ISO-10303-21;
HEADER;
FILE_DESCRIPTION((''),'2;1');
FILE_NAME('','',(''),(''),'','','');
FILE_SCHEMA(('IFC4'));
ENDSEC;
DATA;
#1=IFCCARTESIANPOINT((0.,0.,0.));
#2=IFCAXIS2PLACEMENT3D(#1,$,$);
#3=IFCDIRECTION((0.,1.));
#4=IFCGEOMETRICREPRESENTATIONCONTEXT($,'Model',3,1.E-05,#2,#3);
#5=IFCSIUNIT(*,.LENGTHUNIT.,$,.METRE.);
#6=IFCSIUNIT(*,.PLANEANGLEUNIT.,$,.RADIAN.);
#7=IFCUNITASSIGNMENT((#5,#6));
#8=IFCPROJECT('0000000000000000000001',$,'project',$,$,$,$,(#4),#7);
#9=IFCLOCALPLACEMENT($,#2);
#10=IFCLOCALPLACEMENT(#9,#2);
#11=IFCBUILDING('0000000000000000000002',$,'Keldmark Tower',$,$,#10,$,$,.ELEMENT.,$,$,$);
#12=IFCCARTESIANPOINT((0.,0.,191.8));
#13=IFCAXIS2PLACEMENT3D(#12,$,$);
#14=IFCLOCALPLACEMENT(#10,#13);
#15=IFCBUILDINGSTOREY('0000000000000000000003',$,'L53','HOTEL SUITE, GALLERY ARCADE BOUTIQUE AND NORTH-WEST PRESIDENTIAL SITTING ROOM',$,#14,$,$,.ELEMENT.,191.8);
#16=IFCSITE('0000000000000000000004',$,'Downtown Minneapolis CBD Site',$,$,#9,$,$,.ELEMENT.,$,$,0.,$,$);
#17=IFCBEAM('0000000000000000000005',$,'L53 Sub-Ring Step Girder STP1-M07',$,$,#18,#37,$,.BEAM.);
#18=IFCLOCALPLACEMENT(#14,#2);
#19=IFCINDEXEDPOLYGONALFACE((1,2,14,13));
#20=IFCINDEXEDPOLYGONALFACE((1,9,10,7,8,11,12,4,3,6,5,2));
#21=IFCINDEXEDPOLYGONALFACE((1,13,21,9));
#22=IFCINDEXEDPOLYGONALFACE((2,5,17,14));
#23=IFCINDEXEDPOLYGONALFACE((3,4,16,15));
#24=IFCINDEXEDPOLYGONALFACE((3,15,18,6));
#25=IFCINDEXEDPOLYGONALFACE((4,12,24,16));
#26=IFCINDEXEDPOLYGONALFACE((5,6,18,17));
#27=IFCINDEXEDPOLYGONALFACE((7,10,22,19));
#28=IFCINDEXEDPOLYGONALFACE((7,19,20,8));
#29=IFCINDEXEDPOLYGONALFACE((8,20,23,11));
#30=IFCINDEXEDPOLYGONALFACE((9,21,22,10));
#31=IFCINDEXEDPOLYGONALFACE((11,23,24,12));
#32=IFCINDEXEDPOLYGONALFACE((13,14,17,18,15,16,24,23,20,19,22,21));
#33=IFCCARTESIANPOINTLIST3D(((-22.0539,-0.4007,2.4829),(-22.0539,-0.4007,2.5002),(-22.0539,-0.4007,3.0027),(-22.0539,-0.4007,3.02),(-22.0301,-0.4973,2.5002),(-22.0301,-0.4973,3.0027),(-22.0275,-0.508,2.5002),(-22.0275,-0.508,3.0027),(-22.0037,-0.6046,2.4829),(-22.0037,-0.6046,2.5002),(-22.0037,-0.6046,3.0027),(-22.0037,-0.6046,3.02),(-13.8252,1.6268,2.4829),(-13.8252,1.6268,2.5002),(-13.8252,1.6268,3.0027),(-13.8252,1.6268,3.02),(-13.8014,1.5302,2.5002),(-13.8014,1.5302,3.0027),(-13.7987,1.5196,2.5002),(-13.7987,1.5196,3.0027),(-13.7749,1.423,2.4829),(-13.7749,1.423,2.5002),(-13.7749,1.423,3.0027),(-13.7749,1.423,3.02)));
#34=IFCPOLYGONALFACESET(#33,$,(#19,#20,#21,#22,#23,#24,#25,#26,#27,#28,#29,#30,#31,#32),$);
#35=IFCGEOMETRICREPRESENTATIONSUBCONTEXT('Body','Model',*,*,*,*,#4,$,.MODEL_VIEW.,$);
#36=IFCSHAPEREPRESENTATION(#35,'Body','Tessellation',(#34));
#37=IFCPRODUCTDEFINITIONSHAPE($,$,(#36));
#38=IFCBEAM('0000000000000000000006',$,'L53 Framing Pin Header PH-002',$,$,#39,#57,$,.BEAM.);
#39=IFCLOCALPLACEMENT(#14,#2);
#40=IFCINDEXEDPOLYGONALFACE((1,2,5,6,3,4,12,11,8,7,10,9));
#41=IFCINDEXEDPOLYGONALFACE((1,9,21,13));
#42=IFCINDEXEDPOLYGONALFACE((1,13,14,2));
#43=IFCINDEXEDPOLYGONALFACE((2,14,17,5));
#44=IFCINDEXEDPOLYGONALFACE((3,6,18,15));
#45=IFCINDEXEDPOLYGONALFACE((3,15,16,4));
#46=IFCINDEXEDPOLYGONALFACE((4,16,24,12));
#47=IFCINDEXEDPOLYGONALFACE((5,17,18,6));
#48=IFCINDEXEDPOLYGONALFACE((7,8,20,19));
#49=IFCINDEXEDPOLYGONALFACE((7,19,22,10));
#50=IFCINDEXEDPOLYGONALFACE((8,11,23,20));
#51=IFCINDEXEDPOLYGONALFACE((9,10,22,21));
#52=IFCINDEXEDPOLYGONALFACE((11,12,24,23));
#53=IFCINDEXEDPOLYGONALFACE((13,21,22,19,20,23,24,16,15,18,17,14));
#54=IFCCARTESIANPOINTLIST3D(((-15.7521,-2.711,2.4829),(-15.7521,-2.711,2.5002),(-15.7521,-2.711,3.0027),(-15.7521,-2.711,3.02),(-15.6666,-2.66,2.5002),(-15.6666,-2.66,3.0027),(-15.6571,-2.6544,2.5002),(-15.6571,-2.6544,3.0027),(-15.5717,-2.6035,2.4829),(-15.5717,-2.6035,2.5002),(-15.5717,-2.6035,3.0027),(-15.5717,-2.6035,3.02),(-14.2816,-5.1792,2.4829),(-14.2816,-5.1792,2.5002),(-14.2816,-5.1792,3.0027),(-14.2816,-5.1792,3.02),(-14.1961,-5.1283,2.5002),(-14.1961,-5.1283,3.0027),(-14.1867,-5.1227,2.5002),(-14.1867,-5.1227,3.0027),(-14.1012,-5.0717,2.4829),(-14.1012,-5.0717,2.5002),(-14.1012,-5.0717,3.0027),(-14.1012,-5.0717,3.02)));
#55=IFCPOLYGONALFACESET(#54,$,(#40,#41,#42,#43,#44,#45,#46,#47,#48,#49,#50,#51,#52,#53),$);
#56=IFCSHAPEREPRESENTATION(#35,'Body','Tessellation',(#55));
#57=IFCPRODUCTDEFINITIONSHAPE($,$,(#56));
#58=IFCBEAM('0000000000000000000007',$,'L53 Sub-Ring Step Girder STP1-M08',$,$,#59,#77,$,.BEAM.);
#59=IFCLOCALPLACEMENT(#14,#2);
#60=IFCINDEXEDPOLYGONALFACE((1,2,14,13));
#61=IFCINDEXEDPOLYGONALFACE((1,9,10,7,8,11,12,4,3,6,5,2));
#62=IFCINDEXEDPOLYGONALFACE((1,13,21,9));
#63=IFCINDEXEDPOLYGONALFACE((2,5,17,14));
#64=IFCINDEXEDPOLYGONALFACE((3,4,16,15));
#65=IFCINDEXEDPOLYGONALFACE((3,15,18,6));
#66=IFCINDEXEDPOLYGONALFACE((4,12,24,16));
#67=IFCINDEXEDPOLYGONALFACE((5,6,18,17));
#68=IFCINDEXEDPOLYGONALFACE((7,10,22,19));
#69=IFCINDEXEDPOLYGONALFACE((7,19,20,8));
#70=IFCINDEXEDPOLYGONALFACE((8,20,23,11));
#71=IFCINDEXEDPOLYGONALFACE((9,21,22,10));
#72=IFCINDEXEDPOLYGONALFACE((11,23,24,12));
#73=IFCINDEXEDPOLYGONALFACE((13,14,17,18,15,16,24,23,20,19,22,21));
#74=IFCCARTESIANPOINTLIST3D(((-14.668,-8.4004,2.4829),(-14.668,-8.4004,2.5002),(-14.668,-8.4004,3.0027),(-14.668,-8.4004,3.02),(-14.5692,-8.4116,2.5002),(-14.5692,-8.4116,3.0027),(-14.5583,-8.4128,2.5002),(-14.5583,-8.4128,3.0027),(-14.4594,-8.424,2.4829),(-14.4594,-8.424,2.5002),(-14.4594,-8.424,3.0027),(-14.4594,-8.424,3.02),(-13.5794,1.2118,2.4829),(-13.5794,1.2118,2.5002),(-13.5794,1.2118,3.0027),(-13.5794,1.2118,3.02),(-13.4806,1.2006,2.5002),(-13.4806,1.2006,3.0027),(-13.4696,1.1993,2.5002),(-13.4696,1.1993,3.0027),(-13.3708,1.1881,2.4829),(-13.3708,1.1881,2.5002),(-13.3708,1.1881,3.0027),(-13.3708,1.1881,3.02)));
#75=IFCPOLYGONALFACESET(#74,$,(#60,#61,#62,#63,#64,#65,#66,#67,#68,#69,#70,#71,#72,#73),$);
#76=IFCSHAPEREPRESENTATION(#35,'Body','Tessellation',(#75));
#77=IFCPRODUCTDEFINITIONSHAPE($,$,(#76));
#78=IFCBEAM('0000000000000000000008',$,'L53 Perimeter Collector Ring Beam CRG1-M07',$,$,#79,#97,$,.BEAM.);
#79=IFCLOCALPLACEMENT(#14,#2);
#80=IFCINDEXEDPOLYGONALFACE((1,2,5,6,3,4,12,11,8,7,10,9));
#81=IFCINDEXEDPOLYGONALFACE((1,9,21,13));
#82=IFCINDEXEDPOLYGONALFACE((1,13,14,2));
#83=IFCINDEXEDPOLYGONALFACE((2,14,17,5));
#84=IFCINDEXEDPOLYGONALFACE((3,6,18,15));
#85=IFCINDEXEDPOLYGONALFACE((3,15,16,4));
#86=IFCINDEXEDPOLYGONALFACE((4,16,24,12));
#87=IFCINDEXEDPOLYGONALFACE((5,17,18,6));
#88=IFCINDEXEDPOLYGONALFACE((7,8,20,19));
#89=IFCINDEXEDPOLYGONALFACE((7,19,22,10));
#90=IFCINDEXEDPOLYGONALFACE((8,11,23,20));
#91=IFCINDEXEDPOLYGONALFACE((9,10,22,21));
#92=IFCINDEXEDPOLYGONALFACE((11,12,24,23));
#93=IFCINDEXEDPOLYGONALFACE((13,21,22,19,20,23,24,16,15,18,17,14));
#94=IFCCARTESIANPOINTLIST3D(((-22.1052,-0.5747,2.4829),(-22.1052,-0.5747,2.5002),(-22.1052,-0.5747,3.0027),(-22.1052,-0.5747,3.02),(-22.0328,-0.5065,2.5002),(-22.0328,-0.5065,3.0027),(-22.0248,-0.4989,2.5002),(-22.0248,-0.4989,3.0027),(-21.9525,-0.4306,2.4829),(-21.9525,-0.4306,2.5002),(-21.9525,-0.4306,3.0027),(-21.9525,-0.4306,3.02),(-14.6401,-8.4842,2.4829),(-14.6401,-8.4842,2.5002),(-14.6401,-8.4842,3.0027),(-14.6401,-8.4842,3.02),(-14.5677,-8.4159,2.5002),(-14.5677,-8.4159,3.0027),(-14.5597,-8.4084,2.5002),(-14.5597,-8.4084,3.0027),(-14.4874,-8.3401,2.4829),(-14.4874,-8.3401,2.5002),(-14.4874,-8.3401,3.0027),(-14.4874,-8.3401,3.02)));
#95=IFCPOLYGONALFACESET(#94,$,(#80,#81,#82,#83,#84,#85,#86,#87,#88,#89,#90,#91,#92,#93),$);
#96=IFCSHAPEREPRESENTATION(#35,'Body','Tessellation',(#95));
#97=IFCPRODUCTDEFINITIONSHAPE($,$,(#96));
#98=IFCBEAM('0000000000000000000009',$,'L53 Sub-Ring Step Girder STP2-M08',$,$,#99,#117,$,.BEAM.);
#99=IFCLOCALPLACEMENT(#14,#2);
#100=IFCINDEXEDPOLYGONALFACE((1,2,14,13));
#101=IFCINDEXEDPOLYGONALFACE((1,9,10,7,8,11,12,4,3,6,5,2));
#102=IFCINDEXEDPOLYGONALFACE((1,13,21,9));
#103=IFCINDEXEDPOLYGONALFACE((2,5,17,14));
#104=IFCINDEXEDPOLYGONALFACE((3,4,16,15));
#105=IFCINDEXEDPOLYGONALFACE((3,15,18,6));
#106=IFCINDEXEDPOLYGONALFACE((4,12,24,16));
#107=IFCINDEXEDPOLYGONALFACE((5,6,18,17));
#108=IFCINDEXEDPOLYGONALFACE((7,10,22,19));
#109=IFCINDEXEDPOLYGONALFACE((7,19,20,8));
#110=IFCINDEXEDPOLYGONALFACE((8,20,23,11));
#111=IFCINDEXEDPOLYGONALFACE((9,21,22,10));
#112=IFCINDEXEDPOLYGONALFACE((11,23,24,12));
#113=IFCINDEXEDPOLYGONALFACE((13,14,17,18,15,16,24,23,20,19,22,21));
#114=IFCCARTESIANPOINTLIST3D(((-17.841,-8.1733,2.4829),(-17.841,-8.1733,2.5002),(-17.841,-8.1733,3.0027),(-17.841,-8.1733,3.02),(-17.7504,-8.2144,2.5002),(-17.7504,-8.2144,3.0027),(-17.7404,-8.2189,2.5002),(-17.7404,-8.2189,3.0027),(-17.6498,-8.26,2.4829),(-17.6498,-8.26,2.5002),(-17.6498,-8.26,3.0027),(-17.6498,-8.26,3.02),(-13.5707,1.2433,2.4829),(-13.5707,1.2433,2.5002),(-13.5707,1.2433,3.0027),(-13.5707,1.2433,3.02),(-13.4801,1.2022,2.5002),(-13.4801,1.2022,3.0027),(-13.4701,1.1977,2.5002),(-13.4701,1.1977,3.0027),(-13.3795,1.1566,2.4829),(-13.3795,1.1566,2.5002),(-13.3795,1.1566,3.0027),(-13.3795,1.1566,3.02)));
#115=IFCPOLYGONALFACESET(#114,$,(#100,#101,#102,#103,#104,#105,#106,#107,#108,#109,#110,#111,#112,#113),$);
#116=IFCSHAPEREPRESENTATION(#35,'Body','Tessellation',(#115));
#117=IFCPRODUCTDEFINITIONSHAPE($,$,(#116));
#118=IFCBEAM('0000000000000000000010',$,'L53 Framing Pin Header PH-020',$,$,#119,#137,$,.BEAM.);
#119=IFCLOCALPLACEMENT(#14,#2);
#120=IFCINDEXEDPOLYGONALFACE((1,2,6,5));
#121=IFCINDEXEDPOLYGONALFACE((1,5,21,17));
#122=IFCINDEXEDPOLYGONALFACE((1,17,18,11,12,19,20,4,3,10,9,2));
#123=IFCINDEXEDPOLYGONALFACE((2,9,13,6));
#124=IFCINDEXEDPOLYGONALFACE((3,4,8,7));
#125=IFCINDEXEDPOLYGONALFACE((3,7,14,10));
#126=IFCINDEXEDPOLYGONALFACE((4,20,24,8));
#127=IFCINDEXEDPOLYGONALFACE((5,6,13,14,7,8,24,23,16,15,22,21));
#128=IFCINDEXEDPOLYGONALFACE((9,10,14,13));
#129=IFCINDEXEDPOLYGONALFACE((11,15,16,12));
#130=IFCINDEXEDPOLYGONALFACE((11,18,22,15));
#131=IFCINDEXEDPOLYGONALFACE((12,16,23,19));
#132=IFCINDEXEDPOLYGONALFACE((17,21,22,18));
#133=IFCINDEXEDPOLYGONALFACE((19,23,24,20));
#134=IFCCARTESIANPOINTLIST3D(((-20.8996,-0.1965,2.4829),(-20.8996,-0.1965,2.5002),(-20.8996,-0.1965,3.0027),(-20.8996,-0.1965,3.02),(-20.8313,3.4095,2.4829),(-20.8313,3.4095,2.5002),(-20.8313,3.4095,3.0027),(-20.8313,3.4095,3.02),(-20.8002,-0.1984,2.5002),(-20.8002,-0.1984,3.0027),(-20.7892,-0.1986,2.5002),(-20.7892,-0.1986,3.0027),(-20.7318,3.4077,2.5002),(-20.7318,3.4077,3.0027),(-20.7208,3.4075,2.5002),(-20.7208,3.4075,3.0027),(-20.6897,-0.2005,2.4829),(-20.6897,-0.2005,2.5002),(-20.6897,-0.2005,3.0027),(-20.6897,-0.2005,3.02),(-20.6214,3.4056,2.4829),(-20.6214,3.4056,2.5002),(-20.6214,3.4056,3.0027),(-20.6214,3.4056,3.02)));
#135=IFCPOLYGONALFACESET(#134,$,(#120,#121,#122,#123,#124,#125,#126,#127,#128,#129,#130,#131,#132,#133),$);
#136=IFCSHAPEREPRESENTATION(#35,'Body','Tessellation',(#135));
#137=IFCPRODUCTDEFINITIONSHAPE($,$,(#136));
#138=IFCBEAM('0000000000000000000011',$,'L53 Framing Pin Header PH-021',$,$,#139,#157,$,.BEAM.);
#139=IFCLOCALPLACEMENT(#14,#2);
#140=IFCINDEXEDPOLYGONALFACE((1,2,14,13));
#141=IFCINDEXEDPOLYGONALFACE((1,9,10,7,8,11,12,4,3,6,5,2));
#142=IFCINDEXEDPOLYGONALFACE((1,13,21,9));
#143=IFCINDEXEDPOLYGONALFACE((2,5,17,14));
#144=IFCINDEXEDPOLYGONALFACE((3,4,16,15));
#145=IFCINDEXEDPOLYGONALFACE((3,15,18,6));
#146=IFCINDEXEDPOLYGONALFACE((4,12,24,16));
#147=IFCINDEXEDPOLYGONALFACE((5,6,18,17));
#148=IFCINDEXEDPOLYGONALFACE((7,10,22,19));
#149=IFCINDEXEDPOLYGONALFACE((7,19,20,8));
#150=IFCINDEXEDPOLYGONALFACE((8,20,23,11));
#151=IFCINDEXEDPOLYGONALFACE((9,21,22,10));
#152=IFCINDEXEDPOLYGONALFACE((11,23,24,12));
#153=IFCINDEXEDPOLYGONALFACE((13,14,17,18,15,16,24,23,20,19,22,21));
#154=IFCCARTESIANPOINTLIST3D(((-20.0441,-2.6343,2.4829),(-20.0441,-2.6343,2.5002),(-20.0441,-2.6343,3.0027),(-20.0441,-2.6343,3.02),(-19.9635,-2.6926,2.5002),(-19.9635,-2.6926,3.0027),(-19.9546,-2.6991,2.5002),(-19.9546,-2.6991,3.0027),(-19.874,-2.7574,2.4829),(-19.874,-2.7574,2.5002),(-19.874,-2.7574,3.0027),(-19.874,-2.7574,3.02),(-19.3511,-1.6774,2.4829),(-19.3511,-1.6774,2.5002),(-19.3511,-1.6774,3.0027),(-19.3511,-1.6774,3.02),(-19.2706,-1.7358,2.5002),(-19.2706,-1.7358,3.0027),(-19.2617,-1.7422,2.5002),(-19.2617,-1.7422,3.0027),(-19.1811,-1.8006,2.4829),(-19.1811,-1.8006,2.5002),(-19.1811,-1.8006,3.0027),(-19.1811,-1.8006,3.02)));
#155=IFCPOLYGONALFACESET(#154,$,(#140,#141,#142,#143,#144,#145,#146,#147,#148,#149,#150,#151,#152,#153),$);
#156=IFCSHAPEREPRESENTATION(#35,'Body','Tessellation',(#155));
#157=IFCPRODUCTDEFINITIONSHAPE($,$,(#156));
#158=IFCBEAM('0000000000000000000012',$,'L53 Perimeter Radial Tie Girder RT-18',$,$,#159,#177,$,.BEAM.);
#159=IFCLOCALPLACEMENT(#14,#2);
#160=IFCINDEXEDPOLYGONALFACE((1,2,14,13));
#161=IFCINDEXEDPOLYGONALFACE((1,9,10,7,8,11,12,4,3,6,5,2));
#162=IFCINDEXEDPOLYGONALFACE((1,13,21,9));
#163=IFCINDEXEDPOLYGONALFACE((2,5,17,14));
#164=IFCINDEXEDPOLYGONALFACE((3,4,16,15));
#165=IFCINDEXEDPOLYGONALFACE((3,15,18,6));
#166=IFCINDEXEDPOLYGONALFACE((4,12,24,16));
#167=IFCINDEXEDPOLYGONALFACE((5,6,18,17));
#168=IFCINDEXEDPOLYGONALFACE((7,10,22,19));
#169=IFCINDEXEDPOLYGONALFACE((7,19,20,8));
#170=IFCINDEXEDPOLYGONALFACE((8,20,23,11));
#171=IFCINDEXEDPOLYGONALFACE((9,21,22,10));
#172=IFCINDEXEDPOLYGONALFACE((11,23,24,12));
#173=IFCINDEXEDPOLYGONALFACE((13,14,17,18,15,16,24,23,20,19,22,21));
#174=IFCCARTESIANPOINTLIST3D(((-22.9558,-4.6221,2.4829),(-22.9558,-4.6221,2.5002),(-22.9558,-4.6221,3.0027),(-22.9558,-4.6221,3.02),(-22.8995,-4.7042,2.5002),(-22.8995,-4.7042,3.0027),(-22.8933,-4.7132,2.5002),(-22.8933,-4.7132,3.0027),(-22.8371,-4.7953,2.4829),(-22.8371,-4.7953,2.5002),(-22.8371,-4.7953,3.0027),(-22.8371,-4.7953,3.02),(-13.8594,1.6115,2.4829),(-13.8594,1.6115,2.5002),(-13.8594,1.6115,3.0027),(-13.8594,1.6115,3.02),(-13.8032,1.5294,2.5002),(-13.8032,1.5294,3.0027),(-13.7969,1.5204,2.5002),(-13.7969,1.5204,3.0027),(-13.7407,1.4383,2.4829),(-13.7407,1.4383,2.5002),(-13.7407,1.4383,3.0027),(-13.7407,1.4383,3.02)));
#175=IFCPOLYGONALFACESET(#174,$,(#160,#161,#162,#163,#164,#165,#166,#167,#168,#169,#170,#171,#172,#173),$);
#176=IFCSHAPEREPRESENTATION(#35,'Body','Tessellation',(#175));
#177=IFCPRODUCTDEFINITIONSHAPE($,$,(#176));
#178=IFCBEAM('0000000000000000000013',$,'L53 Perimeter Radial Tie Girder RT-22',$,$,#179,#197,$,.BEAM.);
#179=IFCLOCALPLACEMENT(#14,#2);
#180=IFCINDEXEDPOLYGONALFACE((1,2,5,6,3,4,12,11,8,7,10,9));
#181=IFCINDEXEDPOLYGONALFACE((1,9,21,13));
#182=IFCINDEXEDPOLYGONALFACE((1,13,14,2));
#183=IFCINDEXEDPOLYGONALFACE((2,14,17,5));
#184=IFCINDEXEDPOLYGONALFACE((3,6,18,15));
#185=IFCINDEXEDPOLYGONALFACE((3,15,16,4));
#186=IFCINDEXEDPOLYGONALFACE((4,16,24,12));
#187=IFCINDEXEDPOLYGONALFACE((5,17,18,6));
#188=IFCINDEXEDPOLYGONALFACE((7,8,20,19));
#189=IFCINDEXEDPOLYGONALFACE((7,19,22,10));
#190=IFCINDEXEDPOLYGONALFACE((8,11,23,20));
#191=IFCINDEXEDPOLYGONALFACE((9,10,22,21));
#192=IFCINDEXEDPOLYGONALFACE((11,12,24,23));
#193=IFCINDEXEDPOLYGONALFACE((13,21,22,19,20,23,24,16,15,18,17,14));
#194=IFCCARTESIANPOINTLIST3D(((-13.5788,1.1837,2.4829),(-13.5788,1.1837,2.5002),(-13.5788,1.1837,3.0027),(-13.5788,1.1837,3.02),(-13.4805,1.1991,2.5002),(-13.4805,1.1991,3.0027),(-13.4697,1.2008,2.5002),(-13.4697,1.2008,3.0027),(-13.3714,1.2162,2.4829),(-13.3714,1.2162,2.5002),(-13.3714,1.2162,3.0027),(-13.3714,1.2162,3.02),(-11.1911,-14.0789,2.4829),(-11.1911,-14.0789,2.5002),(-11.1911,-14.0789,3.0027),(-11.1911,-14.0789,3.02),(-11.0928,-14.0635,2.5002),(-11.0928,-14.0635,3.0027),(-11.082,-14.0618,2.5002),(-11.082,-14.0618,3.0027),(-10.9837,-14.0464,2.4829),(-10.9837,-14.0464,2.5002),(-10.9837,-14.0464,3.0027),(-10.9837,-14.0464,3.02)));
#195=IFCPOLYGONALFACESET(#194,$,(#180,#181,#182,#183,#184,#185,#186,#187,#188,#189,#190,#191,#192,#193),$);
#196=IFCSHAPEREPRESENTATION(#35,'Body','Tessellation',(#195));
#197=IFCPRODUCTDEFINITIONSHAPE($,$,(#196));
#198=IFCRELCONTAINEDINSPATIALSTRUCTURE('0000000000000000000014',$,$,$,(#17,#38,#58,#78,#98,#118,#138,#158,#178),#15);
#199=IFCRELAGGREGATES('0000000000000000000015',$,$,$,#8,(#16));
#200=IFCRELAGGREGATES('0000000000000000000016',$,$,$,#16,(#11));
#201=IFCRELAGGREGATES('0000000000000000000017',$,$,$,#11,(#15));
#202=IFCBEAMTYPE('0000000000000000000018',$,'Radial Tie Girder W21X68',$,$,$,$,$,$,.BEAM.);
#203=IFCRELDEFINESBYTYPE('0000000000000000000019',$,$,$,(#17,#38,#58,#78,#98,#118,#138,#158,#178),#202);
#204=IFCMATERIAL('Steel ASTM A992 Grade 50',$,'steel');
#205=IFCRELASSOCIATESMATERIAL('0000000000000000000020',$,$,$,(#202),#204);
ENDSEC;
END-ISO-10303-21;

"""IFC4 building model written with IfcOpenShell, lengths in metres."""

from ifc_helpers import new_model, si_unit, direction, frame, origin, origin_2d, place, context, subcontext, project, spatial, i_section, extrude, material, material_profile, profile_set, type_object, element, save


model = new_model("IFC4")

# Units and contexts
model_context = context("Model", 3, precision=1e-05, world=origin(), true_north=direction((0.0, 1.0)))
body_context = subcontext(model_context, "Body", "Model", "MODEL_VIEW")
ifc_project = project(units=[si_unit("LENGTHUNIT", "METRE"), si_unit("PLANEANGLEUNIT", "RADIAN")], contexts=[model_context])

# Site, building, storey
site_placement = place(None, origin())
site = spatial("IfcSite", under=ifc_project, at=site_placement, Name="Downtown Minneapolis CBD Site", CompositionType="ELEMENT", RefElevation=0.0)
building_placement = place(site_placement, origin())
building = spatial("IfcBuilding", under=site, at=building_placement, Name="Keldmark Tower", CompositionType="ELEMENT")
storey_placement = place(building_placement, frame((0.0, 0.0, 191.8)))
storey = spatial("IfcBuildingStorey", under=building, at=storey_placement, Name="L53", Description="HOTEL SUITE, GALLERY ARCADE BOUTIQUE AND NORTH-WEST PRESIDENTIAL SITTING ROOM", CompositionType="ELEMENT", Elevation=191.8)

# Beams
ifc_material_1 = material(Name="Steel ASTM A992 Grade 50", Category="steel")
ifc_material_profile_1 = material_profile(ifc_material_1, i_section(OverallWidth=0.21, OverallDepth=0.5371, WebThickness=0.011, FlangeThickness=0.0173, at=origin_2d()), Name="W21X68")
ifc_profile_set_1 = profile_set([ifc_material_profile_1], Name="Steel ASTM A992 Grade 50")
beam_type_1 = type_object("IfcBeamType", Name="Radial Tie Girder W21X68", PredefinedType="BEAM", material=ifc_profile_set_1)
beam_1_placement = place(storey_placement, frame((-13.8, 1.5249, 2.7515), z_axis=(-0.970959, -0.239247, 0.0), x_axis=(0.239247, -0.970959, 0.0)))
element("IfcBeam", 1, at=beam_1_placement, inside=storey, type_object=beam_type_1, Name="L53 Sub-Ring Step Girder STP1-M07", PredefinedType="BEAM", context=body_context, shape_type="SweptSolid", body=[
    extrude(i_section(OverallWidth=0.21, OverallDepth=0.5371, WebThickness=0.011, FlangeThickness=0.0173, at=origin_2d()), origin(), (0.0, 0.0, 1.0), 8.4749),
])
beam_2_placement = place(storey_placement, frame((-15.6619, -2.6572, 2.7515), z_axis=(0.511807, -0.859101, 0.0), x_axis=(0.859101, 0.511807, 0.0)))
element("IfcBeam", 2, at=beam_2_placement, inside=storey, type_object=beam_type_1, Name="L53 Framing Pin Header PH-002", PredefinedType="BEAM", context=body_context, shape_type="SweptSolid", body=[
    extrude(i_section(OverallWidth=0.21, OverallDepth=0.5371, WebThickness=0.011, FlangeThickness=0.0173, at=origin_2d()), origin(), (0.0, 0.0, 1.0), 2.873),
])
beam_3_placement = place(storey_placement, frame((-13.4751, 1.2, 2.7515), z_axis=(-0.112537, -0.993648, 0.0), x_axis=(0.993648, -0.112537, 0.0)))
element("IfcBeam", 3, at=beam_3_placement, inside=storey, type_object=beam_type_1, Name="L53 Sub-Ring Step Girder STP1-M08", PredefinedType="BEAM", context=body_context, shape_type="SweptSolid", body=[
    extrude(i_section(OverallWidth=0.21, OverallDepth=0.5371, WebThickness=0.011, FlangeThickness=0.0173, at=origin_2d()), origin(), (0.0, 0.0, 1.0), 9.6736),
])
beam_4_placement = place(storey_placement, frame((-22.0288, -0.5027, 2.7515), z_axis=(0.686384, -0.727239, 0.0), x_axis=(0.727239, 0.686384, 0.0)))
element("IfcBeam", 4, at=beam_4_placement, inside=storey, type_object=beam_type_1, Name="L53 Perimeter Collector Ring Beam CRG1-M07", PredefinedType="BEAM", context=body_context, shape_type="SweptSolid", body=[
    extrude(i_section(OverallWidth=0.21, OverallDepth=0.5371, WebThickness=0.011, FlangeThickness=0.0173, at=origin_2d()), origin(), (0.0, 0.0, 1.0), 10.876),
])
beam_5_placement = place(storey_placement, frame((-13.4751, 1.2, 2.7515), z_axis=(-0.413004, -0.910729, 0.0), x_axis=(0.910729, -0.413004, 0.0)))
element("IfcBeam", 5, at=beam_5_placement, inside=storey, type_object=beam_type_1, Name="L53 Sub-Ring Step Girder STP2-M08", PredefinedType="BEAM", context=body_context, shape_type="SweptSolid", body=[
    extrude(i_section(OverallWidth=0.21, OverallDepth=0.5371, WebThickness=0.011, FlangeThickness=0.0173, at=origin_2d()), origin(), (0.0, 0.0, 1.0), 10.3396),
])
beam_6_placement = place(storey_placement, frame((-20.7947, -0.1985, 2.7515), z_axis=(0.018954, 0.99982, 0.0), x_axis=(-0.99982, 0.018954, 0.0)))
element("IfcBeam", 6, at=beam_6_placement, inside=storey, type_object=beam_type_1, Name="L53 Framing Pin Header PH-020", PredefinedType="BEAM", context=body_context, shape_type="SweptSolid", body=[
    extrude(i_section(OverallWidth=0.21, OverallDepth=0.5371, WebThickness=0.011, FlangeThickness=0.0173, at=origin_2d()), origin(), (0.0, 0.0, 1.0), 3.6067),
])
beam_7_placement = place(storey_placement, frame((-19.2661, -1.739, 2.7515), z_axis=(-0.586524, -0.809932, 0.0), x_axis=(0.809932, -0.586524, 0.0)))
element("IfcBeam", 7, at=beam_7_placement, inside=storey, type_object=beam_type_1, Name="L53 Framing Pin Header PH-021", PredefinedType="BEAM", context=body_context, shape_type="SweptSolid", body=[
    extrude(i_section(OverallWidth=0.21, OverallDepth=0.5371, WebThickness=0.011, FlangeThickness=0.0173, at=origin_2d()), origin(), (0.0, 0.0, 1.0), 1.1814),
])
beam_8_placement = place(storey_placement, frame((-13.8, 1.5249, 2.7515), z_axis=(-0.824894, -0.565287, 0.0), x_axis=(0.565287, -0.824894, 0.0)))
element("IfcBeam", 8, at=beam_8_placement, inside=storey, type_object=beam_type_1, Name="L53 Perimeter Radial Tie Girder RT-18", PredefinedType="BEAM", context=body_context, shape_type="SweptSolid", body=[
    extrude(i_section(OverallWidth=0.21, OverallDepth=0.5371, WebThickness=0.011, FlangeThickness=0.0173, at=origin_2d()), origin(), (0.0, 0.0, 1.0), 11.0273),
])
beam_9_placement = place(storey_placement, frame((-13.4751, 1.2, 2.7515), z_axis=(0.15456, -0.987983, 0.0), x_axis=(0.987983, 0.15456, 0.0)))
element("IfcBeam", 9, at=beam_9_placement, inside=storey, type_object=beam_type_1, Name="L53 Perimeter Radial Tie Girder RT-22", PredefinedType="BEAM", context=body_context, shape_type="SweptSolid", body=[
    extrude(i_section(OverallWidth=0.21, OverallDepth=0.5371, WebThickness=0.011, FlangeThickness=0.0173, at=origin_2d()), origin(), (0.0, 0.0, 1.0), 15.4482),
])

save(model, "model.ifc")
